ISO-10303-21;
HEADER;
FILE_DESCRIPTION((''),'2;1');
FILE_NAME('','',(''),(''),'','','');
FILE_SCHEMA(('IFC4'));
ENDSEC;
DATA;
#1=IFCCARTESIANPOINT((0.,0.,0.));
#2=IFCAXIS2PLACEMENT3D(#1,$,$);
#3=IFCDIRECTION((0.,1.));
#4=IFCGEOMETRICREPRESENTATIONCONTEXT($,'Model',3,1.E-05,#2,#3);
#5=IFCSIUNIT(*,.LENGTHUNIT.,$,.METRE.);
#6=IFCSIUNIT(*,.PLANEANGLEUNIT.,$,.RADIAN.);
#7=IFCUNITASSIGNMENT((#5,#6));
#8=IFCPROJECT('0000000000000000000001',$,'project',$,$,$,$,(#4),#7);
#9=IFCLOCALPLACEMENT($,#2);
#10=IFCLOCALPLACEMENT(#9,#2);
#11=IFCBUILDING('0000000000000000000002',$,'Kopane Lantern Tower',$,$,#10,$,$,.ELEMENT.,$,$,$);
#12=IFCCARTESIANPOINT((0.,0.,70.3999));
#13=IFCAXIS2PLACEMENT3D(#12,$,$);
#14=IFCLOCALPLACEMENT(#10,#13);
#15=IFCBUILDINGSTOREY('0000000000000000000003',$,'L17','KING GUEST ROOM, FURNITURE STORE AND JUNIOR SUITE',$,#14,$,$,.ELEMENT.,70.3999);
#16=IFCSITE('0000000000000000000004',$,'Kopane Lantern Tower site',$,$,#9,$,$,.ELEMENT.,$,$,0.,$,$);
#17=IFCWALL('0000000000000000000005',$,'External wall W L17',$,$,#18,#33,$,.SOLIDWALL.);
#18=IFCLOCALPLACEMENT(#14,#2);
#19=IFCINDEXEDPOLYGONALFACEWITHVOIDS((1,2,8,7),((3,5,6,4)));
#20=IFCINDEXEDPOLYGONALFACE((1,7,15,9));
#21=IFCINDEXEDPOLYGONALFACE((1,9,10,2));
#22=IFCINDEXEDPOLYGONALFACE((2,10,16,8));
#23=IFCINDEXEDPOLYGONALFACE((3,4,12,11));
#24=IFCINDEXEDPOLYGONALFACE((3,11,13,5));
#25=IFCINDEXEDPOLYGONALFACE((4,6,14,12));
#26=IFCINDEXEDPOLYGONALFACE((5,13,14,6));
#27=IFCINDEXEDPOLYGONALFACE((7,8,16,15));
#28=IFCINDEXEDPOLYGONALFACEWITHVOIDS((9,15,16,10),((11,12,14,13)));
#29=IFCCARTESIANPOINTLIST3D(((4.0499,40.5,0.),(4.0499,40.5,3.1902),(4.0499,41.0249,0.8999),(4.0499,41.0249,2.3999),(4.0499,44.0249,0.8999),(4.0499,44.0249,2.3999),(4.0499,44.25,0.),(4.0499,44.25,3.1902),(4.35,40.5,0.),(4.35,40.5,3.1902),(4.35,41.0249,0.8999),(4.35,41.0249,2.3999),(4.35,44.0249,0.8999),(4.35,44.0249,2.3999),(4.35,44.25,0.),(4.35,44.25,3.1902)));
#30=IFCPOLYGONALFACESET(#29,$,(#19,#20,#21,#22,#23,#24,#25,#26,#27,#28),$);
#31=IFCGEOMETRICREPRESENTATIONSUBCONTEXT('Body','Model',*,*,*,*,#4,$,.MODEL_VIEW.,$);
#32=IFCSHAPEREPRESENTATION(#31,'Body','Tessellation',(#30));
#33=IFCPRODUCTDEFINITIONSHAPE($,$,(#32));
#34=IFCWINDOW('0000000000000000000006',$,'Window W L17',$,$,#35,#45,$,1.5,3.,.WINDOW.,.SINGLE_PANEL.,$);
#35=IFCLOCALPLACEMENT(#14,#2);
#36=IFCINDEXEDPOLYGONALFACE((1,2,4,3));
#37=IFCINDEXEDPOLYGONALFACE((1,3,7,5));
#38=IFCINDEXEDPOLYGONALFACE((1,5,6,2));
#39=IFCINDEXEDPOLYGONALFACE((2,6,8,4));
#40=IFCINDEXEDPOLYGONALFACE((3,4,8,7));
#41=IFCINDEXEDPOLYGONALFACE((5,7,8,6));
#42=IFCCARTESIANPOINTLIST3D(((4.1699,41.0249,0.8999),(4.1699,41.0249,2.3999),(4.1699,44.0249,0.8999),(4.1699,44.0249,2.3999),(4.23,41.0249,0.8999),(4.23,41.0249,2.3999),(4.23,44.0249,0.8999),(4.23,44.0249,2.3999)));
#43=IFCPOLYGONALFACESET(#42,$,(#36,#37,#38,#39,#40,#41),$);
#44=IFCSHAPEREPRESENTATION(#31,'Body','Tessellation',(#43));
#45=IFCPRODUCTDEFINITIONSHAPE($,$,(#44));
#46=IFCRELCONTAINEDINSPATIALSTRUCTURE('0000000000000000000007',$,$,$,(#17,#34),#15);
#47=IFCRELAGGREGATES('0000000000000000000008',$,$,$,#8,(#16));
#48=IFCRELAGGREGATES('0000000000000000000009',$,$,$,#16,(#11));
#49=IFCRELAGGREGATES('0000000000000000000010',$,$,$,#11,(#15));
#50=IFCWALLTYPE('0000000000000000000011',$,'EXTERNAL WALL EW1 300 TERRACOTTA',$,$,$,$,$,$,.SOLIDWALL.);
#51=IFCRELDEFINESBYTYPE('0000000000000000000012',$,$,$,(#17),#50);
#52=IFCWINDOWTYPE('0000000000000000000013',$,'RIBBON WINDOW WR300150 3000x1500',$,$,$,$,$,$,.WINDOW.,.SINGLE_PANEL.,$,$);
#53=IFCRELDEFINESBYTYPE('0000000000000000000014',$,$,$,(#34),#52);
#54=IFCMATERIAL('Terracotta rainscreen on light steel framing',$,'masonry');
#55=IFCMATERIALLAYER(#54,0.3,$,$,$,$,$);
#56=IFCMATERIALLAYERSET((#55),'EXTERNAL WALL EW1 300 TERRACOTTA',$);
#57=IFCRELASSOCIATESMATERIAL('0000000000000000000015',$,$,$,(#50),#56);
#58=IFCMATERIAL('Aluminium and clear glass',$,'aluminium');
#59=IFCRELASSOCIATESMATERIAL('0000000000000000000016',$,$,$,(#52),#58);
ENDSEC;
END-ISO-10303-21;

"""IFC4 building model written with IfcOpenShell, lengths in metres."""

from ifc_helpers import new_model, si_unit, direction, frame, frame_2d, origin, place, context, subcontext, project, spatial, rectangle, extrude, material, layer, layer_set, type_object, element, fill, save


model = new_model("IFC4")

# Units and contexts
model_context = context("Model", 3, precision=1e-05, world=origin(), true_north=direction((0.0, 1.0)))
body_context = subcontext(model_context, "Body", "Model", "MODEL_VIEW")
ifc_project = project(units=[si_unit("LENGTHUNIT", "METRE"), si_unit("PLANEANGLEUNIT", "RADIAN")], contexts=[model_context])

# Site, building, storey
site_placement = place(None, origin())
site = spatial("IfcSite", under=ifc_project, at=site_placement, Name="Kopane Lantern Tower site", CompositionType="ELEMENT", RefElevation=0.0)
building_placement = place(site_placement, origin())
building = spatial("IfcBuilding", under=site, at=building_placement, Name="Kopane Lantern Tower", CompositionType="ELEMENT")
storey_placement = place(building_placement, frame((0.0, 0.0, 70.3999)))
storey = spatial("IfcBuildingStorey", under=building, at=storey_placement, Name="L17", Description="KING GUEST ROOM, FURNITURE STORE AND JUNIOR SUITE", CompositionType="ELEMENT", Elevation=70.3999)

# Wall, opening, window
ifc_material_1 = material(Name="Terracotta rainscreen on light steel framing", Category="masonry")
ifc_layer_1 = layer(ifc_material_1, 0.3)
ifc_layer_set_1 = layer_set([ifc_layer_1], Name="EXTERNAL WALL EW1 300 TERRACOTTA")
wall_type_1 = type_object("IfcWallType", Name="EXTERNAL WALL EW1 300 TERRACOTTA", PredefinedType="SOLIDWALL", material=ifc_layer_set_1)
wall_1_placement = place(storey_placement, frame((4.2, 44.25, 0.0), z_axis=(0.0, 0.0, 1.0), x_axis=(0.0, -1.0, 0.0)))
wall_1 = element("IfcWall", 1, at=wall_1_placement, inside=storey, type_object=wall_type_1, Name="External wall W L17", PredefinedType="SOLIDWALL", context=body_context, shape_type="SweptSolid", body=[
    extrude(rectangle(XDim=3.75, YDim=0.3, at=frame_2d((1.875, 0.0))), origin(), (0.0, 0.0, 1.0), 3.1902),
])
opening_1_placement = place(wall_1_placement, frame((0.2251, 0.0, 0.8999)))
opening_1 = element("IfcOpeningElement", 2, at=opening_1_placement, cuts=wall_1, PredefinedType="OPENING", context=body_context, shape_type="SweptSolid", body=[
    extrude(rectangle(XDim=3.0, YDim=1.5, at=frame_2d((1.5, 0.75))), frame((0.0, 0.1599, 0.0), z_axis=(0.0, -1.0, 0.0), x_axis=(1.0, 0.0, 0.0)), (0.0, 0.0, 1.0), 0.3201),
])
ifc_material_2 = material(Name="Aluminium and clear glass", Category="aluminium")
window_type = type_object("IfcWindowType", Name="RIBBON WINDOW WR300150 3000x1500", PartitioningType="SINGLE_PANEL", PredefinedType="WINDOW", material=ifc_material_2)
window_placement = place(opening_1_placement, origin())
window = element("IfcWindow", 3, at=window_placement, inside=storey, type_object=window_type, Name="Window W L17", OverallHeight=1.5, OverallWidth=3.0, PartitioningType="SINGLE_PANEL", PredefinedType="WINDOW", context=body_context, shape_type="SweptSolid", body=[
    extrude(rectangle(XDim=3.0, YDim=1.5, at=frame_2d((1.5, 0.75))), frame((0.0, 0.03, 0.0), z_axis=(0.0, -1.0, 0.0), x_axis=(1.0, 0.0, 0.0)), (0.0, 0.0, 1.0), 0.0601),
])
fill(opening_1, window)

save(model, "model.ifc")
